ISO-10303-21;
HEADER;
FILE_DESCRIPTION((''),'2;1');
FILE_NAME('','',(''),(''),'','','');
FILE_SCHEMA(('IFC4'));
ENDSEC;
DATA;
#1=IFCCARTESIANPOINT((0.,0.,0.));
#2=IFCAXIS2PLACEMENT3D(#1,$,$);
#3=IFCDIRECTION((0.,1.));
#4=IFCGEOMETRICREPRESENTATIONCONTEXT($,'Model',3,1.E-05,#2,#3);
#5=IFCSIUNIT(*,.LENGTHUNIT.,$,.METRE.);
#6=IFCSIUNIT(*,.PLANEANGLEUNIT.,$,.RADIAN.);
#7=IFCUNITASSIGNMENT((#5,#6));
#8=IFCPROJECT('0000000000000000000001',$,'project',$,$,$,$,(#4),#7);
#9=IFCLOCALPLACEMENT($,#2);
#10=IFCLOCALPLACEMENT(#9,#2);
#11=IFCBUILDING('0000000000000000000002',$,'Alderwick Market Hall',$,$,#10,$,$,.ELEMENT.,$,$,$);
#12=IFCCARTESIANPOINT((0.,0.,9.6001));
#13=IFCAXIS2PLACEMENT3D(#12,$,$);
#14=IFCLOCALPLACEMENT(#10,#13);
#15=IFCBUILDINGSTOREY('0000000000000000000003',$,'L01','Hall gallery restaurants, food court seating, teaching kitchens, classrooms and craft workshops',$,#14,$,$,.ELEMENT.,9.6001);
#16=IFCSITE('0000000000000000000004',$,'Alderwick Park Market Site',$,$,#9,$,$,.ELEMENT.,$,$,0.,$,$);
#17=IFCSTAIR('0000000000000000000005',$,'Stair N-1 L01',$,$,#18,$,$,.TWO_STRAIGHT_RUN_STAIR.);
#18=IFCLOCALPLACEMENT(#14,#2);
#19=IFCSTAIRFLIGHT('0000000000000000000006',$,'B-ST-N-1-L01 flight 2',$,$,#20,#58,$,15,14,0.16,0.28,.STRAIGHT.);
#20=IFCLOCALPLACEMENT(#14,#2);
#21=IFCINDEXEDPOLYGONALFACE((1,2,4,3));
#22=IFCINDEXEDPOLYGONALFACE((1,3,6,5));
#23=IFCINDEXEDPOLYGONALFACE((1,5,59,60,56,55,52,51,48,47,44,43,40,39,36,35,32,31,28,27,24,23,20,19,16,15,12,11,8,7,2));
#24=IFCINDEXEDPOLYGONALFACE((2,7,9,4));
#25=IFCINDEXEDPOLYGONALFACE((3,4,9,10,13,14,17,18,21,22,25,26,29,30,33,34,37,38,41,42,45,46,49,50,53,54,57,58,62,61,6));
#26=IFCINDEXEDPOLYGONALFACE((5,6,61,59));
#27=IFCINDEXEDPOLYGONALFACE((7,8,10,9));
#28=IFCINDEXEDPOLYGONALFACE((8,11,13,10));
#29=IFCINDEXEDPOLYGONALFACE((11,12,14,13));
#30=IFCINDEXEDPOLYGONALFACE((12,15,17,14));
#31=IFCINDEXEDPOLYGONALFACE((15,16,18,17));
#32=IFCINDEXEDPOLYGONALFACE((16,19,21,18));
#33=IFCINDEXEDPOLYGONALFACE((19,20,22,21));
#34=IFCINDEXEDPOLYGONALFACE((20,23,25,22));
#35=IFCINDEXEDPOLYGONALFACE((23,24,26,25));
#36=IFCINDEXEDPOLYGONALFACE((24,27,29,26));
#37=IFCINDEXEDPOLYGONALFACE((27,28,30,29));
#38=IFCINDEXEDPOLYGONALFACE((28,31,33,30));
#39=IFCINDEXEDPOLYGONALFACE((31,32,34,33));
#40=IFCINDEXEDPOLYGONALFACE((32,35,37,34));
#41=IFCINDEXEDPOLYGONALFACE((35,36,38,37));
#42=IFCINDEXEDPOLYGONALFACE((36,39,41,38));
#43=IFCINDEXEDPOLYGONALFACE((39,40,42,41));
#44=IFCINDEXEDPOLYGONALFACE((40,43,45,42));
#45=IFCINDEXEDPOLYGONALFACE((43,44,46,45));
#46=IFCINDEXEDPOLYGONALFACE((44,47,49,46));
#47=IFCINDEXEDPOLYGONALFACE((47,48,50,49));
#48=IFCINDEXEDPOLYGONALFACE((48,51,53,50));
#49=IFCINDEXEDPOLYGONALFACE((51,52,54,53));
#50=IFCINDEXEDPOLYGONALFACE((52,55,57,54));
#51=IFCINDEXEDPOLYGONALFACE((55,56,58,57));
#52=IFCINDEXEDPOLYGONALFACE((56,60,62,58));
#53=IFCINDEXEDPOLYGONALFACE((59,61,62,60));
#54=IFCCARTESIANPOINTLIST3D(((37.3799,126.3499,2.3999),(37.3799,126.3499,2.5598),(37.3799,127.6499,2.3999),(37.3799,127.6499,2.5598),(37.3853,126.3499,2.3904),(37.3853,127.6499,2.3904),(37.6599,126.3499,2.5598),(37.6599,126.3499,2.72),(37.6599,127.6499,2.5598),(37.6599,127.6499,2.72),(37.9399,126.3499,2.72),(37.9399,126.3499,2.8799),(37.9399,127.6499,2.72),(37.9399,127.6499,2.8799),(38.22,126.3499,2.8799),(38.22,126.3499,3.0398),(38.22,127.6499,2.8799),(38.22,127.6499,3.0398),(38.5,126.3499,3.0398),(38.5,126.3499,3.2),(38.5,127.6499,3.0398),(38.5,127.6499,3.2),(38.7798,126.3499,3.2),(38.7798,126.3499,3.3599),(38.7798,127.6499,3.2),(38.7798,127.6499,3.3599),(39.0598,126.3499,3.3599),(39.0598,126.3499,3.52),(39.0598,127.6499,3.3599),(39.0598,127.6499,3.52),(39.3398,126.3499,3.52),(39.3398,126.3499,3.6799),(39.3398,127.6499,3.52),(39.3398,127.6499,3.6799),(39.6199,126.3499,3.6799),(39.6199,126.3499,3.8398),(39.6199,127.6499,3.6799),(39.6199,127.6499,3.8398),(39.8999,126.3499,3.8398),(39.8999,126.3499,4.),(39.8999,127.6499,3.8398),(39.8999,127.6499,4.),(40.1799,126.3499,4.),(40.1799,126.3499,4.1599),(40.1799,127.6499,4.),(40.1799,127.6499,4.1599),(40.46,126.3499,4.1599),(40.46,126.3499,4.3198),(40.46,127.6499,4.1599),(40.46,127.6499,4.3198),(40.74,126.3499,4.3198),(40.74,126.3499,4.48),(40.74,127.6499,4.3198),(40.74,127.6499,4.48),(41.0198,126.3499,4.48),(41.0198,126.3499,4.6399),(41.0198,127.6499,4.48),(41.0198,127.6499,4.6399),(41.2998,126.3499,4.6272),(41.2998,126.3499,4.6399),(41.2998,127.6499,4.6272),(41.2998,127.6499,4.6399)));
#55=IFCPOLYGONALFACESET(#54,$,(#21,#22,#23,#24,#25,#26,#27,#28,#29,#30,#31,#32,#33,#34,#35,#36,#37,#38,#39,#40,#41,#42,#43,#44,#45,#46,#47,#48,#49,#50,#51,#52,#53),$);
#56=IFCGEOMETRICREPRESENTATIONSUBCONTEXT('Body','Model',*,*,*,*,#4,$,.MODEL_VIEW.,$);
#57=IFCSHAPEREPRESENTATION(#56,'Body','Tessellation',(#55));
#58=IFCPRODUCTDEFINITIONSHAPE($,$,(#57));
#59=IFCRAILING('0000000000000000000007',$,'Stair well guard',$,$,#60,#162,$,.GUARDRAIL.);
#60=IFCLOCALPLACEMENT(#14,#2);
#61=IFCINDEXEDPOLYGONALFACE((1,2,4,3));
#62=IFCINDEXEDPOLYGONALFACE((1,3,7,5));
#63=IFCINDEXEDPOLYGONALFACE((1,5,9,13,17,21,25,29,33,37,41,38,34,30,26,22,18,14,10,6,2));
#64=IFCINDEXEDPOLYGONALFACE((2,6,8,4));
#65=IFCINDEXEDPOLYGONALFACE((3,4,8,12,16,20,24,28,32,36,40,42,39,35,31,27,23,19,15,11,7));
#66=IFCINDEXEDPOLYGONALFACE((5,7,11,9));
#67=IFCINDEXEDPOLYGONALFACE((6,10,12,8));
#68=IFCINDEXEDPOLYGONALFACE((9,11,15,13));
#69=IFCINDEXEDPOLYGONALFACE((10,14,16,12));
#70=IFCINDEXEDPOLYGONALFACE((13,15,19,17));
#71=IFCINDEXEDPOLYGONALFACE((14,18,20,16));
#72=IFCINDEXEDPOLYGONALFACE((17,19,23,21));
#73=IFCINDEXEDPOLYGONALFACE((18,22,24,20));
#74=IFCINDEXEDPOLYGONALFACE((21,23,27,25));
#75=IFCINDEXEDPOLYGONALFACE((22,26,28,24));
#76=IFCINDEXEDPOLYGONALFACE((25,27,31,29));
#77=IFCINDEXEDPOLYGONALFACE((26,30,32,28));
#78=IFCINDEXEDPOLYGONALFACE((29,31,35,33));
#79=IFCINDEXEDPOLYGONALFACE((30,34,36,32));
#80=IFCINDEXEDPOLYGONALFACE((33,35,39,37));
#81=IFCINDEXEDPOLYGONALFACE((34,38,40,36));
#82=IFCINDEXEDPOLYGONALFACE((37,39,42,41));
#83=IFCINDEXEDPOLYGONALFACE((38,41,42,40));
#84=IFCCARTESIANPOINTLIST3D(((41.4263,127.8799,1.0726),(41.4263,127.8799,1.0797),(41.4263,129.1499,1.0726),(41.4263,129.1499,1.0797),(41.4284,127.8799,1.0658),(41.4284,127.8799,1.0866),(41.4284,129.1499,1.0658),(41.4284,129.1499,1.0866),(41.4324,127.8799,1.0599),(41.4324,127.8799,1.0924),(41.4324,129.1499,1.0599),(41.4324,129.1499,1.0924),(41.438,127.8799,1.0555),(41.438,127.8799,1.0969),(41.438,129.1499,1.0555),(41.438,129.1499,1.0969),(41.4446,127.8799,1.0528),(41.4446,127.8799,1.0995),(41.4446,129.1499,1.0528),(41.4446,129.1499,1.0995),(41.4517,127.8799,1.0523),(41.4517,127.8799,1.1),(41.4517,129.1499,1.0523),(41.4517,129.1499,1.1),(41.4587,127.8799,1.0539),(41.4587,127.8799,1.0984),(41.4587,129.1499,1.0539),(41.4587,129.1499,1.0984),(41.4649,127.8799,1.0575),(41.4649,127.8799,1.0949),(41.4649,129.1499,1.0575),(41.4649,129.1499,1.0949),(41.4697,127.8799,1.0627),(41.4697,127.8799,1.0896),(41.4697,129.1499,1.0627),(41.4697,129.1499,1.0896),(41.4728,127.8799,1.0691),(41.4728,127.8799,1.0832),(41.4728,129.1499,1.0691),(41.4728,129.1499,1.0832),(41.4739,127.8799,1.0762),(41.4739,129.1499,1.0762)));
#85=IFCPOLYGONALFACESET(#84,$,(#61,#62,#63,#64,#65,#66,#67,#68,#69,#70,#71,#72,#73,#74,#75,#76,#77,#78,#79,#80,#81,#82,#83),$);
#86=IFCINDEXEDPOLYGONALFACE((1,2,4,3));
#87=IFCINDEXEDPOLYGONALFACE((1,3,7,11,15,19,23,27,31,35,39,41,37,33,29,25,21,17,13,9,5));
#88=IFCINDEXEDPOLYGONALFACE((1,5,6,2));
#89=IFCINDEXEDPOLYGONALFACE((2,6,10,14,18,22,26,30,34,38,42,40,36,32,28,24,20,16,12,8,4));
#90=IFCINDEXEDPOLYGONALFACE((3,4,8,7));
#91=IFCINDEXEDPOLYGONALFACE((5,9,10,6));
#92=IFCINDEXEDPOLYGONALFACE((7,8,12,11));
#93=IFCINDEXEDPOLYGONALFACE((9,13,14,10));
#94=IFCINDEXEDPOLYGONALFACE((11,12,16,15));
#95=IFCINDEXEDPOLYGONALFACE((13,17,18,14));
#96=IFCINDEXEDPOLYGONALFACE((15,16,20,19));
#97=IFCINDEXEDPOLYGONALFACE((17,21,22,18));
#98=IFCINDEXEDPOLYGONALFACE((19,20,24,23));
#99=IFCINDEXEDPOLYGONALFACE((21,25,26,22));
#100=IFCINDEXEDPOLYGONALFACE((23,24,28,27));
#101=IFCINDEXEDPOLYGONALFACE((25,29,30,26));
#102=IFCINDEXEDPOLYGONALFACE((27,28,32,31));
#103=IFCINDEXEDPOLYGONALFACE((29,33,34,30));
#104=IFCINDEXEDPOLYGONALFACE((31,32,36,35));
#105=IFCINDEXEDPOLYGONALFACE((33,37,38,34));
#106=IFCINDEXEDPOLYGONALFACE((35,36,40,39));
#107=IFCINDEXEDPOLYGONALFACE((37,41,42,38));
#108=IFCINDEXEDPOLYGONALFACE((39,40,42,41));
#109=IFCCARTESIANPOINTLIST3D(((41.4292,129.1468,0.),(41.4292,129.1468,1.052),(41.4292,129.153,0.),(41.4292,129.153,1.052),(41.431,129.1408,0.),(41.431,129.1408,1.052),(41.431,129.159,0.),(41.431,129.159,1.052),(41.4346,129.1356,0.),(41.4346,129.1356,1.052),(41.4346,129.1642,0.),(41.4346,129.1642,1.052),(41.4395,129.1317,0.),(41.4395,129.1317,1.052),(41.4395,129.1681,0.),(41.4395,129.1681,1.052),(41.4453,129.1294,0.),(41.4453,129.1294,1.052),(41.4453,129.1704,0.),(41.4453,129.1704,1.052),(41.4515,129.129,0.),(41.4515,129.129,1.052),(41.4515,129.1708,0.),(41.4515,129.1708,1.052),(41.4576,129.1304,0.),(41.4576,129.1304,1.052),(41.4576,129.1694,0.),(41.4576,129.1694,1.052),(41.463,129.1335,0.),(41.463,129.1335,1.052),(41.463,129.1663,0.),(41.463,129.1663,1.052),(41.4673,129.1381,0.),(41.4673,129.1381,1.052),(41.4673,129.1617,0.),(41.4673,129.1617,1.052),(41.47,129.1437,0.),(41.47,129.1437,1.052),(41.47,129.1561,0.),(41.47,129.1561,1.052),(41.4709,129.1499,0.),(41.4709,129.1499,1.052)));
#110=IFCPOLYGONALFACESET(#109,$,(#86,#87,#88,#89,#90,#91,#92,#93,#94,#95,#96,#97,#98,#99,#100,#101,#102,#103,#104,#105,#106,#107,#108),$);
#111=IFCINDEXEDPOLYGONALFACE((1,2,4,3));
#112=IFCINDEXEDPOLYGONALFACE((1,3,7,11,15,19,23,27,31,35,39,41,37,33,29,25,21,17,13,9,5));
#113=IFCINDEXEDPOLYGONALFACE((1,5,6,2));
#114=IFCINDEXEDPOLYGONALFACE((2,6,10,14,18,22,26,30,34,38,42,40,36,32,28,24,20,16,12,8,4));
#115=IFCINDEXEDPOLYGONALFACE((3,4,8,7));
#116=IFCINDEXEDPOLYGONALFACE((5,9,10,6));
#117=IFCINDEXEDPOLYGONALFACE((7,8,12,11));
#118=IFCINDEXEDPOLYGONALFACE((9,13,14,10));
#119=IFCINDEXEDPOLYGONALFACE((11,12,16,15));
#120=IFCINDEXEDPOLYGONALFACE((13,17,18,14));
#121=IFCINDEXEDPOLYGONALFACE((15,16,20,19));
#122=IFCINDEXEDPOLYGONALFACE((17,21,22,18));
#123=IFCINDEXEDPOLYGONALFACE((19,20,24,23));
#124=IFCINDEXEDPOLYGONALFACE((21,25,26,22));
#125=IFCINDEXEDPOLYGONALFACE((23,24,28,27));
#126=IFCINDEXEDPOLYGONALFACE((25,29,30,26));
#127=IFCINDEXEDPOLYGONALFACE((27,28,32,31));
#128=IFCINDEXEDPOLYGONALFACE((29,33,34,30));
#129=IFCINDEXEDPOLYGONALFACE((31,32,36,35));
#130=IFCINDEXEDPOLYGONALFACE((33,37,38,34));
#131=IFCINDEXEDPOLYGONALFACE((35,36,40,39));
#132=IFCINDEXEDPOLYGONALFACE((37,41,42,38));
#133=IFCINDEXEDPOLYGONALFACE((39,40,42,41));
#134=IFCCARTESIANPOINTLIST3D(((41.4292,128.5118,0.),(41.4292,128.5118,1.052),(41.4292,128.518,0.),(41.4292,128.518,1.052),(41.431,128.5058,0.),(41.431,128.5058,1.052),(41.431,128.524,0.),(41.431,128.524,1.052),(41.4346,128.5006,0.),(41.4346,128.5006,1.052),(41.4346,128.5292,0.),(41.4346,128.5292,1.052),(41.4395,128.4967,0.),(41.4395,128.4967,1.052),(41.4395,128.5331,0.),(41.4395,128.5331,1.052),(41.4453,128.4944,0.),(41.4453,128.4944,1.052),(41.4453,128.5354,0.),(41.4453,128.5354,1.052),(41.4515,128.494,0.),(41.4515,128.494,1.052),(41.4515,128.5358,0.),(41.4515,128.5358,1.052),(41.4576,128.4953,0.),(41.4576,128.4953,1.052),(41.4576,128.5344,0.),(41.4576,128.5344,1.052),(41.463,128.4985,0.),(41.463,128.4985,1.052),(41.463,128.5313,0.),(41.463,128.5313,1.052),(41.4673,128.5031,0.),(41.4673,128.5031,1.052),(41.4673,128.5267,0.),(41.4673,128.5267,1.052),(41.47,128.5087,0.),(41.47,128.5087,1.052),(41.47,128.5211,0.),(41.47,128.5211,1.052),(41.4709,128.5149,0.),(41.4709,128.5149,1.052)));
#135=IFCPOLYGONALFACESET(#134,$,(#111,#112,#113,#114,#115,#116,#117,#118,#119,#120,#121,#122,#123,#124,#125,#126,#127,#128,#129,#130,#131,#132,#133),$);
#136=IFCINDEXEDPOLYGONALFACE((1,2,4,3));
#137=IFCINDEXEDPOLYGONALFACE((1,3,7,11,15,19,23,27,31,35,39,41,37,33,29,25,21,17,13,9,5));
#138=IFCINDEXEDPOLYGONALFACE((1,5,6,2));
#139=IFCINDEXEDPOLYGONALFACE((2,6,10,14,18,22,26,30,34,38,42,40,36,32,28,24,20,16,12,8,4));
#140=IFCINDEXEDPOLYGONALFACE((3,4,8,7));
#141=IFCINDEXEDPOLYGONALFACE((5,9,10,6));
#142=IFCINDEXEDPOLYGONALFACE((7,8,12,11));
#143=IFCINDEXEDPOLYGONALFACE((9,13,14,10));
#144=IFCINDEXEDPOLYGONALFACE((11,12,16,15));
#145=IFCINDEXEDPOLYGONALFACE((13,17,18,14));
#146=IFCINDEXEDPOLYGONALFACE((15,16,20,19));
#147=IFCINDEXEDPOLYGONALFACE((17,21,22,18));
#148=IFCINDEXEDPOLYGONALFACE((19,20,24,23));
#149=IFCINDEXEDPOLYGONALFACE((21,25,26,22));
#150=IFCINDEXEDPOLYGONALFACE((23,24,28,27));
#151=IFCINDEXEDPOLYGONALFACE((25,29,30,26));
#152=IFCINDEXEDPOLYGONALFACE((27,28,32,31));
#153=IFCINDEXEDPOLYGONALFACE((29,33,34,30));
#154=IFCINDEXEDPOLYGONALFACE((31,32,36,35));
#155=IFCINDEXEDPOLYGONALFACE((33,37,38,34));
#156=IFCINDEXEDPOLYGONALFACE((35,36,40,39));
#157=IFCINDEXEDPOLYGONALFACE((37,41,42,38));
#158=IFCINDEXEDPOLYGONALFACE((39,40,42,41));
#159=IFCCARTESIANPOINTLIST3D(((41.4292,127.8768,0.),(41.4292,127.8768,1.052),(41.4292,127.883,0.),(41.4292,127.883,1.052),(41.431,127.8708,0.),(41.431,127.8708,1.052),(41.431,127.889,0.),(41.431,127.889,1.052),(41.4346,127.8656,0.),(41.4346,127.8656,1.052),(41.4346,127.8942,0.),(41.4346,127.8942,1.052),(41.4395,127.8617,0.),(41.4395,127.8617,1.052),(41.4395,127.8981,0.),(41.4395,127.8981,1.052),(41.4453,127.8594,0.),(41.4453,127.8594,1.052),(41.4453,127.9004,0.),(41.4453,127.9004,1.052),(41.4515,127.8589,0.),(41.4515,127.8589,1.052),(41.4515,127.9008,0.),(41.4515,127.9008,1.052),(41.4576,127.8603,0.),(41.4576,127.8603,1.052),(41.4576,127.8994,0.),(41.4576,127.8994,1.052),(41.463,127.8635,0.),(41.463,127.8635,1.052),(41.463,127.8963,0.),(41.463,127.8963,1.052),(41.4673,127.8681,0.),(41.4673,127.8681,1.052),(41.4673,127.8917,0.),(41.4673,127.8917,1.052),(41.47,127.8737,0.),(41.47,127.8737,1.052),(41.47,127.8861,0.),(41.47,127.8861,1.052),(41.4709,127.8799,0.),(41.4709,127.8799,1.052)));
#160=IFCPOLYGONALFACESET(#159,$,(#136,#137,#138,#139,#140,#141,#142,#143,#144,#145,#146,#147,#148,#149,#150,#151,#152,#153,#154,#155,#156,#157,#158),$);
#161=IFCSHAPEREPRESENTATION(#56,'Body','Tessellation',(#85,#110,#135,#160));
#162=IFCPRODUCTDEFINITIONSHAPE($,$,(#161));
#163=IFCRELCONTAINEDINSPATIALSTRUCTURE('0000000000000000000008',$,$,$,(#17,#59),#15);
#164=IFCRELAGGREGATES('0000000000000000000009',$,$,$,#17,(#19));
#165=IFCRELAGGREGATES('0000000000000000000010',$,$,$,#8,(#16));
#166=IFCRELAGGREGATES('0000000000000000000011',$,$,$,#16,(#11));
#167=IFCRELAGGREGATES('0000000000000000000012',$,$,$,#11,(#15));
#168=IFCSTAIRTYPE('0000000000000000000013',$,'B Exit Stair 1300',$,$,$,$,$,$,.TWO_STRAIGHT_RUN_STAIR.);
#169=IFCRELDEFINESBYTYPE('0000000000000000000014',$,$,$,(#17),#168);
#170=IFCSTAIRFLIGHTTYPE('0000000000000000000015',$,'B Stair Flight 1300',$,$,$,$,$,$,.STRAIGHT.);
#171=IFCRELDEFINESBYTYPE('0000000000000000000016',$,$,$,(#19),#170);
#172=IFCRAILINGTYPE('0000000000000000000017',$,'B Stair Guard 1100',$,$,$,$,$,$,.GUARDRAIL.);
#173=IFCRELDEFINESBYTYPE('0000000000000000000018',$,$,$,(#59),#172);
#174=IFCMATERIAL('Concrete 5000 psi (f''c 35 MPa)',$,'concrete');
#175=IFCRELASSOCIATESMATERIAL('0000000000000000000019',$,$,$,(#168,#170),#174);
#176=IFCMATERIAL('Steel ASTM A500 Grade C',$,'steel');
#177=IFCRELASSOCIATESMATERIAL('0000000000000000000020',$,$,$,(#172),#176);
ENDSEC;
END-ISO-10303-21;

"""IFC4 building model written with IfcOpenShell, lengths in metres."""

from ifc_helpers import new_model, si_unit, direction, frame, origin, origin_2d, place, context, subcontext, project, spatial, polyline, circle, outline, extrude, material, type_object, element, aggregate, save


model = new_model("IFC4")

# Units and contexts
model_context = context("Model", 3, precision=1e-05, world=origin(), true_north=direction((0.0, 1.0)))
body_context = subcontext(model_context, "Body", "Model", "MODEL_VIEW")
ifc_project = project(units=[si_unit("LENGTHUNIT", "METRE"), si_unit("PLANEANGLEUNIT", "RADIAN")], contexts=[model_context])

# Site, building, storey
site_placement = place(None, origin())
site = spatial("IfcSite", under=ifc_project, at=site_placement, Name="Alderwick Park Market Site", CompositionType="ELEMENT", RefElevation=0.0)
building_placement = place(site_placement, origin())
building = spatial("IfcBuilding", under=site, at=building_placement, Name="Alderwick Market Hall", CompositionType="ELEMENT")
storey_placement = place(building_placement, frame((0.0, 0.0, 9.6001)))
storey = spatial("IfcBuildingStorey", under=building, at=storey_placement, Name="L01", Description="Hall gallery restaurants, food court seating, teaching kitchens, classrooms and craft workshops", CompositionType="ELEMENT", Elevation=9.6001)

# Shared definitions
ifc_material_1 = material(Name="Concrete 5000 psi (f'c 35 MPa)", Category="concrete")

# Stair, stair flight
stair_type = type_object("IfcStairType", Name="B Exit Stair 1300", PredefinedType="TWO_STRAIGHT_RUN_STAIR", material=ifc_material_1)
stair_placement = place(storey_placement, origin())
stair = element("IfcStair", 1, at=stair_placement, inside=storey, type_object=stair_type, Name="Stair N-1 L01", PredefinedType="TWO_STRAIGHT_RUN_STAIR")
stair_flight_type = type_object("IfcStairFlightType", Name="B Stair Flight 1300", PredefinedType="STRAIGHT", material=ifc_material_1)
stair_flight_1_placement = place(storey_placement, frame((37.3799, 127.0, 2.3999), z_axis=(0.0, 0.0, 1.0), x_axis=(1.0, 0.0, 0.0)))
stair_flight_1 = element("IfcStairFlight", 2, at=stair_flight_1_placement, type_object=stair_flight_type, Name="B-ST-N-1-L01 flight 2", NumberOfRisers=15, NumberOfTreads=14, PredefinedType="STRAIGHT", RiserHeight=0.16, TreadLength=0.28, context=body_context, shape_type="SweptSolid", body=[
    extrude(outline(polyline([(0.0054, -0.0095), (0.0, 0.0), (0.0, 0.1599), (0.28, 0.1599), (0.28, 0.3201), (0.5601, 0.3201), (0.5601, 0.48), (0.8401, 0.48), (0.8401, 0.6399), (1.1201, 0.6399), (1.1201, 0.8), (1.3999, 0.8), (1.3999, 0.96), (1.6799, 0.96), (1.6799, 1.1201), (1.96, 1.1201), (1.96, 1.28), (2.24, 1.28), (2.24, 1.4399), (2.52, 1.4399), (2.52, 1.6001), (2.8, 1.6001), (2.8, 1.76), (3.0801, 1.76), (3.0801, 1.9199), (3.3601, 1.9199), (3.3601, 2.0801), (3.6399, 2.0801), (3.6399, 2.24), (3.9199, 2.24), (3.9199, 2.2273), (0.0054, -0.0095)])), frame((0.0, 0.6499, 0.0), z_axis=(0.0, -1.0, 0.0), x_axis=(1.0, 0.0, 0.0)), (0.0, 0.0, 1.0), 1.3),
])
aggregate(stair, [stair_flight_1])

# Railing
ifc_material_2 = material(Name="Steel ASTM A500 Grade C", Category="steel")
railing_type = type_object("IfcRailingType", Name="B Stair Guard 1100", PredefinedType="GUARDRAIL", material=ifc_material_2)
railing_placement = place(storey_placement, frame((41.45, 129.1499, 0.0)))
element("IfcRailing", 3, at=railing_placement, inside=storey, type_object=railing_type, Name="Stair well guard", PredefinedType="GUARDRAIL", context=body_context, shape_type="SweptSolid", body=[
    extrude(circle(Radius=0.0239, at=origin_2d()), frame((0.0, 0.0, 1.0762), z_axis=(0.0, -1.0, 0.0), x_axis=(1.0, 0.0, 0.0)), (0.0, 0.0, 1.0), 1.27),
    extrude(circle(Radius=0.021, at=origin_2d()), origin(), (0.0, 0.0, 1.0), 1.052),
    extrude(circle(Radius=0.021, at=origin_2d()), frame((0.0, -0.635, 0.0)), (0.0, 0.0, 1.0), 1.052),
    extrude(circle(Radius=0.021, at=origin_2d()), frame((0.0, -1.27, 0.0)), (0.0, 0.0, 1.0), 1.052),
])

save(model, "model.ifc")
